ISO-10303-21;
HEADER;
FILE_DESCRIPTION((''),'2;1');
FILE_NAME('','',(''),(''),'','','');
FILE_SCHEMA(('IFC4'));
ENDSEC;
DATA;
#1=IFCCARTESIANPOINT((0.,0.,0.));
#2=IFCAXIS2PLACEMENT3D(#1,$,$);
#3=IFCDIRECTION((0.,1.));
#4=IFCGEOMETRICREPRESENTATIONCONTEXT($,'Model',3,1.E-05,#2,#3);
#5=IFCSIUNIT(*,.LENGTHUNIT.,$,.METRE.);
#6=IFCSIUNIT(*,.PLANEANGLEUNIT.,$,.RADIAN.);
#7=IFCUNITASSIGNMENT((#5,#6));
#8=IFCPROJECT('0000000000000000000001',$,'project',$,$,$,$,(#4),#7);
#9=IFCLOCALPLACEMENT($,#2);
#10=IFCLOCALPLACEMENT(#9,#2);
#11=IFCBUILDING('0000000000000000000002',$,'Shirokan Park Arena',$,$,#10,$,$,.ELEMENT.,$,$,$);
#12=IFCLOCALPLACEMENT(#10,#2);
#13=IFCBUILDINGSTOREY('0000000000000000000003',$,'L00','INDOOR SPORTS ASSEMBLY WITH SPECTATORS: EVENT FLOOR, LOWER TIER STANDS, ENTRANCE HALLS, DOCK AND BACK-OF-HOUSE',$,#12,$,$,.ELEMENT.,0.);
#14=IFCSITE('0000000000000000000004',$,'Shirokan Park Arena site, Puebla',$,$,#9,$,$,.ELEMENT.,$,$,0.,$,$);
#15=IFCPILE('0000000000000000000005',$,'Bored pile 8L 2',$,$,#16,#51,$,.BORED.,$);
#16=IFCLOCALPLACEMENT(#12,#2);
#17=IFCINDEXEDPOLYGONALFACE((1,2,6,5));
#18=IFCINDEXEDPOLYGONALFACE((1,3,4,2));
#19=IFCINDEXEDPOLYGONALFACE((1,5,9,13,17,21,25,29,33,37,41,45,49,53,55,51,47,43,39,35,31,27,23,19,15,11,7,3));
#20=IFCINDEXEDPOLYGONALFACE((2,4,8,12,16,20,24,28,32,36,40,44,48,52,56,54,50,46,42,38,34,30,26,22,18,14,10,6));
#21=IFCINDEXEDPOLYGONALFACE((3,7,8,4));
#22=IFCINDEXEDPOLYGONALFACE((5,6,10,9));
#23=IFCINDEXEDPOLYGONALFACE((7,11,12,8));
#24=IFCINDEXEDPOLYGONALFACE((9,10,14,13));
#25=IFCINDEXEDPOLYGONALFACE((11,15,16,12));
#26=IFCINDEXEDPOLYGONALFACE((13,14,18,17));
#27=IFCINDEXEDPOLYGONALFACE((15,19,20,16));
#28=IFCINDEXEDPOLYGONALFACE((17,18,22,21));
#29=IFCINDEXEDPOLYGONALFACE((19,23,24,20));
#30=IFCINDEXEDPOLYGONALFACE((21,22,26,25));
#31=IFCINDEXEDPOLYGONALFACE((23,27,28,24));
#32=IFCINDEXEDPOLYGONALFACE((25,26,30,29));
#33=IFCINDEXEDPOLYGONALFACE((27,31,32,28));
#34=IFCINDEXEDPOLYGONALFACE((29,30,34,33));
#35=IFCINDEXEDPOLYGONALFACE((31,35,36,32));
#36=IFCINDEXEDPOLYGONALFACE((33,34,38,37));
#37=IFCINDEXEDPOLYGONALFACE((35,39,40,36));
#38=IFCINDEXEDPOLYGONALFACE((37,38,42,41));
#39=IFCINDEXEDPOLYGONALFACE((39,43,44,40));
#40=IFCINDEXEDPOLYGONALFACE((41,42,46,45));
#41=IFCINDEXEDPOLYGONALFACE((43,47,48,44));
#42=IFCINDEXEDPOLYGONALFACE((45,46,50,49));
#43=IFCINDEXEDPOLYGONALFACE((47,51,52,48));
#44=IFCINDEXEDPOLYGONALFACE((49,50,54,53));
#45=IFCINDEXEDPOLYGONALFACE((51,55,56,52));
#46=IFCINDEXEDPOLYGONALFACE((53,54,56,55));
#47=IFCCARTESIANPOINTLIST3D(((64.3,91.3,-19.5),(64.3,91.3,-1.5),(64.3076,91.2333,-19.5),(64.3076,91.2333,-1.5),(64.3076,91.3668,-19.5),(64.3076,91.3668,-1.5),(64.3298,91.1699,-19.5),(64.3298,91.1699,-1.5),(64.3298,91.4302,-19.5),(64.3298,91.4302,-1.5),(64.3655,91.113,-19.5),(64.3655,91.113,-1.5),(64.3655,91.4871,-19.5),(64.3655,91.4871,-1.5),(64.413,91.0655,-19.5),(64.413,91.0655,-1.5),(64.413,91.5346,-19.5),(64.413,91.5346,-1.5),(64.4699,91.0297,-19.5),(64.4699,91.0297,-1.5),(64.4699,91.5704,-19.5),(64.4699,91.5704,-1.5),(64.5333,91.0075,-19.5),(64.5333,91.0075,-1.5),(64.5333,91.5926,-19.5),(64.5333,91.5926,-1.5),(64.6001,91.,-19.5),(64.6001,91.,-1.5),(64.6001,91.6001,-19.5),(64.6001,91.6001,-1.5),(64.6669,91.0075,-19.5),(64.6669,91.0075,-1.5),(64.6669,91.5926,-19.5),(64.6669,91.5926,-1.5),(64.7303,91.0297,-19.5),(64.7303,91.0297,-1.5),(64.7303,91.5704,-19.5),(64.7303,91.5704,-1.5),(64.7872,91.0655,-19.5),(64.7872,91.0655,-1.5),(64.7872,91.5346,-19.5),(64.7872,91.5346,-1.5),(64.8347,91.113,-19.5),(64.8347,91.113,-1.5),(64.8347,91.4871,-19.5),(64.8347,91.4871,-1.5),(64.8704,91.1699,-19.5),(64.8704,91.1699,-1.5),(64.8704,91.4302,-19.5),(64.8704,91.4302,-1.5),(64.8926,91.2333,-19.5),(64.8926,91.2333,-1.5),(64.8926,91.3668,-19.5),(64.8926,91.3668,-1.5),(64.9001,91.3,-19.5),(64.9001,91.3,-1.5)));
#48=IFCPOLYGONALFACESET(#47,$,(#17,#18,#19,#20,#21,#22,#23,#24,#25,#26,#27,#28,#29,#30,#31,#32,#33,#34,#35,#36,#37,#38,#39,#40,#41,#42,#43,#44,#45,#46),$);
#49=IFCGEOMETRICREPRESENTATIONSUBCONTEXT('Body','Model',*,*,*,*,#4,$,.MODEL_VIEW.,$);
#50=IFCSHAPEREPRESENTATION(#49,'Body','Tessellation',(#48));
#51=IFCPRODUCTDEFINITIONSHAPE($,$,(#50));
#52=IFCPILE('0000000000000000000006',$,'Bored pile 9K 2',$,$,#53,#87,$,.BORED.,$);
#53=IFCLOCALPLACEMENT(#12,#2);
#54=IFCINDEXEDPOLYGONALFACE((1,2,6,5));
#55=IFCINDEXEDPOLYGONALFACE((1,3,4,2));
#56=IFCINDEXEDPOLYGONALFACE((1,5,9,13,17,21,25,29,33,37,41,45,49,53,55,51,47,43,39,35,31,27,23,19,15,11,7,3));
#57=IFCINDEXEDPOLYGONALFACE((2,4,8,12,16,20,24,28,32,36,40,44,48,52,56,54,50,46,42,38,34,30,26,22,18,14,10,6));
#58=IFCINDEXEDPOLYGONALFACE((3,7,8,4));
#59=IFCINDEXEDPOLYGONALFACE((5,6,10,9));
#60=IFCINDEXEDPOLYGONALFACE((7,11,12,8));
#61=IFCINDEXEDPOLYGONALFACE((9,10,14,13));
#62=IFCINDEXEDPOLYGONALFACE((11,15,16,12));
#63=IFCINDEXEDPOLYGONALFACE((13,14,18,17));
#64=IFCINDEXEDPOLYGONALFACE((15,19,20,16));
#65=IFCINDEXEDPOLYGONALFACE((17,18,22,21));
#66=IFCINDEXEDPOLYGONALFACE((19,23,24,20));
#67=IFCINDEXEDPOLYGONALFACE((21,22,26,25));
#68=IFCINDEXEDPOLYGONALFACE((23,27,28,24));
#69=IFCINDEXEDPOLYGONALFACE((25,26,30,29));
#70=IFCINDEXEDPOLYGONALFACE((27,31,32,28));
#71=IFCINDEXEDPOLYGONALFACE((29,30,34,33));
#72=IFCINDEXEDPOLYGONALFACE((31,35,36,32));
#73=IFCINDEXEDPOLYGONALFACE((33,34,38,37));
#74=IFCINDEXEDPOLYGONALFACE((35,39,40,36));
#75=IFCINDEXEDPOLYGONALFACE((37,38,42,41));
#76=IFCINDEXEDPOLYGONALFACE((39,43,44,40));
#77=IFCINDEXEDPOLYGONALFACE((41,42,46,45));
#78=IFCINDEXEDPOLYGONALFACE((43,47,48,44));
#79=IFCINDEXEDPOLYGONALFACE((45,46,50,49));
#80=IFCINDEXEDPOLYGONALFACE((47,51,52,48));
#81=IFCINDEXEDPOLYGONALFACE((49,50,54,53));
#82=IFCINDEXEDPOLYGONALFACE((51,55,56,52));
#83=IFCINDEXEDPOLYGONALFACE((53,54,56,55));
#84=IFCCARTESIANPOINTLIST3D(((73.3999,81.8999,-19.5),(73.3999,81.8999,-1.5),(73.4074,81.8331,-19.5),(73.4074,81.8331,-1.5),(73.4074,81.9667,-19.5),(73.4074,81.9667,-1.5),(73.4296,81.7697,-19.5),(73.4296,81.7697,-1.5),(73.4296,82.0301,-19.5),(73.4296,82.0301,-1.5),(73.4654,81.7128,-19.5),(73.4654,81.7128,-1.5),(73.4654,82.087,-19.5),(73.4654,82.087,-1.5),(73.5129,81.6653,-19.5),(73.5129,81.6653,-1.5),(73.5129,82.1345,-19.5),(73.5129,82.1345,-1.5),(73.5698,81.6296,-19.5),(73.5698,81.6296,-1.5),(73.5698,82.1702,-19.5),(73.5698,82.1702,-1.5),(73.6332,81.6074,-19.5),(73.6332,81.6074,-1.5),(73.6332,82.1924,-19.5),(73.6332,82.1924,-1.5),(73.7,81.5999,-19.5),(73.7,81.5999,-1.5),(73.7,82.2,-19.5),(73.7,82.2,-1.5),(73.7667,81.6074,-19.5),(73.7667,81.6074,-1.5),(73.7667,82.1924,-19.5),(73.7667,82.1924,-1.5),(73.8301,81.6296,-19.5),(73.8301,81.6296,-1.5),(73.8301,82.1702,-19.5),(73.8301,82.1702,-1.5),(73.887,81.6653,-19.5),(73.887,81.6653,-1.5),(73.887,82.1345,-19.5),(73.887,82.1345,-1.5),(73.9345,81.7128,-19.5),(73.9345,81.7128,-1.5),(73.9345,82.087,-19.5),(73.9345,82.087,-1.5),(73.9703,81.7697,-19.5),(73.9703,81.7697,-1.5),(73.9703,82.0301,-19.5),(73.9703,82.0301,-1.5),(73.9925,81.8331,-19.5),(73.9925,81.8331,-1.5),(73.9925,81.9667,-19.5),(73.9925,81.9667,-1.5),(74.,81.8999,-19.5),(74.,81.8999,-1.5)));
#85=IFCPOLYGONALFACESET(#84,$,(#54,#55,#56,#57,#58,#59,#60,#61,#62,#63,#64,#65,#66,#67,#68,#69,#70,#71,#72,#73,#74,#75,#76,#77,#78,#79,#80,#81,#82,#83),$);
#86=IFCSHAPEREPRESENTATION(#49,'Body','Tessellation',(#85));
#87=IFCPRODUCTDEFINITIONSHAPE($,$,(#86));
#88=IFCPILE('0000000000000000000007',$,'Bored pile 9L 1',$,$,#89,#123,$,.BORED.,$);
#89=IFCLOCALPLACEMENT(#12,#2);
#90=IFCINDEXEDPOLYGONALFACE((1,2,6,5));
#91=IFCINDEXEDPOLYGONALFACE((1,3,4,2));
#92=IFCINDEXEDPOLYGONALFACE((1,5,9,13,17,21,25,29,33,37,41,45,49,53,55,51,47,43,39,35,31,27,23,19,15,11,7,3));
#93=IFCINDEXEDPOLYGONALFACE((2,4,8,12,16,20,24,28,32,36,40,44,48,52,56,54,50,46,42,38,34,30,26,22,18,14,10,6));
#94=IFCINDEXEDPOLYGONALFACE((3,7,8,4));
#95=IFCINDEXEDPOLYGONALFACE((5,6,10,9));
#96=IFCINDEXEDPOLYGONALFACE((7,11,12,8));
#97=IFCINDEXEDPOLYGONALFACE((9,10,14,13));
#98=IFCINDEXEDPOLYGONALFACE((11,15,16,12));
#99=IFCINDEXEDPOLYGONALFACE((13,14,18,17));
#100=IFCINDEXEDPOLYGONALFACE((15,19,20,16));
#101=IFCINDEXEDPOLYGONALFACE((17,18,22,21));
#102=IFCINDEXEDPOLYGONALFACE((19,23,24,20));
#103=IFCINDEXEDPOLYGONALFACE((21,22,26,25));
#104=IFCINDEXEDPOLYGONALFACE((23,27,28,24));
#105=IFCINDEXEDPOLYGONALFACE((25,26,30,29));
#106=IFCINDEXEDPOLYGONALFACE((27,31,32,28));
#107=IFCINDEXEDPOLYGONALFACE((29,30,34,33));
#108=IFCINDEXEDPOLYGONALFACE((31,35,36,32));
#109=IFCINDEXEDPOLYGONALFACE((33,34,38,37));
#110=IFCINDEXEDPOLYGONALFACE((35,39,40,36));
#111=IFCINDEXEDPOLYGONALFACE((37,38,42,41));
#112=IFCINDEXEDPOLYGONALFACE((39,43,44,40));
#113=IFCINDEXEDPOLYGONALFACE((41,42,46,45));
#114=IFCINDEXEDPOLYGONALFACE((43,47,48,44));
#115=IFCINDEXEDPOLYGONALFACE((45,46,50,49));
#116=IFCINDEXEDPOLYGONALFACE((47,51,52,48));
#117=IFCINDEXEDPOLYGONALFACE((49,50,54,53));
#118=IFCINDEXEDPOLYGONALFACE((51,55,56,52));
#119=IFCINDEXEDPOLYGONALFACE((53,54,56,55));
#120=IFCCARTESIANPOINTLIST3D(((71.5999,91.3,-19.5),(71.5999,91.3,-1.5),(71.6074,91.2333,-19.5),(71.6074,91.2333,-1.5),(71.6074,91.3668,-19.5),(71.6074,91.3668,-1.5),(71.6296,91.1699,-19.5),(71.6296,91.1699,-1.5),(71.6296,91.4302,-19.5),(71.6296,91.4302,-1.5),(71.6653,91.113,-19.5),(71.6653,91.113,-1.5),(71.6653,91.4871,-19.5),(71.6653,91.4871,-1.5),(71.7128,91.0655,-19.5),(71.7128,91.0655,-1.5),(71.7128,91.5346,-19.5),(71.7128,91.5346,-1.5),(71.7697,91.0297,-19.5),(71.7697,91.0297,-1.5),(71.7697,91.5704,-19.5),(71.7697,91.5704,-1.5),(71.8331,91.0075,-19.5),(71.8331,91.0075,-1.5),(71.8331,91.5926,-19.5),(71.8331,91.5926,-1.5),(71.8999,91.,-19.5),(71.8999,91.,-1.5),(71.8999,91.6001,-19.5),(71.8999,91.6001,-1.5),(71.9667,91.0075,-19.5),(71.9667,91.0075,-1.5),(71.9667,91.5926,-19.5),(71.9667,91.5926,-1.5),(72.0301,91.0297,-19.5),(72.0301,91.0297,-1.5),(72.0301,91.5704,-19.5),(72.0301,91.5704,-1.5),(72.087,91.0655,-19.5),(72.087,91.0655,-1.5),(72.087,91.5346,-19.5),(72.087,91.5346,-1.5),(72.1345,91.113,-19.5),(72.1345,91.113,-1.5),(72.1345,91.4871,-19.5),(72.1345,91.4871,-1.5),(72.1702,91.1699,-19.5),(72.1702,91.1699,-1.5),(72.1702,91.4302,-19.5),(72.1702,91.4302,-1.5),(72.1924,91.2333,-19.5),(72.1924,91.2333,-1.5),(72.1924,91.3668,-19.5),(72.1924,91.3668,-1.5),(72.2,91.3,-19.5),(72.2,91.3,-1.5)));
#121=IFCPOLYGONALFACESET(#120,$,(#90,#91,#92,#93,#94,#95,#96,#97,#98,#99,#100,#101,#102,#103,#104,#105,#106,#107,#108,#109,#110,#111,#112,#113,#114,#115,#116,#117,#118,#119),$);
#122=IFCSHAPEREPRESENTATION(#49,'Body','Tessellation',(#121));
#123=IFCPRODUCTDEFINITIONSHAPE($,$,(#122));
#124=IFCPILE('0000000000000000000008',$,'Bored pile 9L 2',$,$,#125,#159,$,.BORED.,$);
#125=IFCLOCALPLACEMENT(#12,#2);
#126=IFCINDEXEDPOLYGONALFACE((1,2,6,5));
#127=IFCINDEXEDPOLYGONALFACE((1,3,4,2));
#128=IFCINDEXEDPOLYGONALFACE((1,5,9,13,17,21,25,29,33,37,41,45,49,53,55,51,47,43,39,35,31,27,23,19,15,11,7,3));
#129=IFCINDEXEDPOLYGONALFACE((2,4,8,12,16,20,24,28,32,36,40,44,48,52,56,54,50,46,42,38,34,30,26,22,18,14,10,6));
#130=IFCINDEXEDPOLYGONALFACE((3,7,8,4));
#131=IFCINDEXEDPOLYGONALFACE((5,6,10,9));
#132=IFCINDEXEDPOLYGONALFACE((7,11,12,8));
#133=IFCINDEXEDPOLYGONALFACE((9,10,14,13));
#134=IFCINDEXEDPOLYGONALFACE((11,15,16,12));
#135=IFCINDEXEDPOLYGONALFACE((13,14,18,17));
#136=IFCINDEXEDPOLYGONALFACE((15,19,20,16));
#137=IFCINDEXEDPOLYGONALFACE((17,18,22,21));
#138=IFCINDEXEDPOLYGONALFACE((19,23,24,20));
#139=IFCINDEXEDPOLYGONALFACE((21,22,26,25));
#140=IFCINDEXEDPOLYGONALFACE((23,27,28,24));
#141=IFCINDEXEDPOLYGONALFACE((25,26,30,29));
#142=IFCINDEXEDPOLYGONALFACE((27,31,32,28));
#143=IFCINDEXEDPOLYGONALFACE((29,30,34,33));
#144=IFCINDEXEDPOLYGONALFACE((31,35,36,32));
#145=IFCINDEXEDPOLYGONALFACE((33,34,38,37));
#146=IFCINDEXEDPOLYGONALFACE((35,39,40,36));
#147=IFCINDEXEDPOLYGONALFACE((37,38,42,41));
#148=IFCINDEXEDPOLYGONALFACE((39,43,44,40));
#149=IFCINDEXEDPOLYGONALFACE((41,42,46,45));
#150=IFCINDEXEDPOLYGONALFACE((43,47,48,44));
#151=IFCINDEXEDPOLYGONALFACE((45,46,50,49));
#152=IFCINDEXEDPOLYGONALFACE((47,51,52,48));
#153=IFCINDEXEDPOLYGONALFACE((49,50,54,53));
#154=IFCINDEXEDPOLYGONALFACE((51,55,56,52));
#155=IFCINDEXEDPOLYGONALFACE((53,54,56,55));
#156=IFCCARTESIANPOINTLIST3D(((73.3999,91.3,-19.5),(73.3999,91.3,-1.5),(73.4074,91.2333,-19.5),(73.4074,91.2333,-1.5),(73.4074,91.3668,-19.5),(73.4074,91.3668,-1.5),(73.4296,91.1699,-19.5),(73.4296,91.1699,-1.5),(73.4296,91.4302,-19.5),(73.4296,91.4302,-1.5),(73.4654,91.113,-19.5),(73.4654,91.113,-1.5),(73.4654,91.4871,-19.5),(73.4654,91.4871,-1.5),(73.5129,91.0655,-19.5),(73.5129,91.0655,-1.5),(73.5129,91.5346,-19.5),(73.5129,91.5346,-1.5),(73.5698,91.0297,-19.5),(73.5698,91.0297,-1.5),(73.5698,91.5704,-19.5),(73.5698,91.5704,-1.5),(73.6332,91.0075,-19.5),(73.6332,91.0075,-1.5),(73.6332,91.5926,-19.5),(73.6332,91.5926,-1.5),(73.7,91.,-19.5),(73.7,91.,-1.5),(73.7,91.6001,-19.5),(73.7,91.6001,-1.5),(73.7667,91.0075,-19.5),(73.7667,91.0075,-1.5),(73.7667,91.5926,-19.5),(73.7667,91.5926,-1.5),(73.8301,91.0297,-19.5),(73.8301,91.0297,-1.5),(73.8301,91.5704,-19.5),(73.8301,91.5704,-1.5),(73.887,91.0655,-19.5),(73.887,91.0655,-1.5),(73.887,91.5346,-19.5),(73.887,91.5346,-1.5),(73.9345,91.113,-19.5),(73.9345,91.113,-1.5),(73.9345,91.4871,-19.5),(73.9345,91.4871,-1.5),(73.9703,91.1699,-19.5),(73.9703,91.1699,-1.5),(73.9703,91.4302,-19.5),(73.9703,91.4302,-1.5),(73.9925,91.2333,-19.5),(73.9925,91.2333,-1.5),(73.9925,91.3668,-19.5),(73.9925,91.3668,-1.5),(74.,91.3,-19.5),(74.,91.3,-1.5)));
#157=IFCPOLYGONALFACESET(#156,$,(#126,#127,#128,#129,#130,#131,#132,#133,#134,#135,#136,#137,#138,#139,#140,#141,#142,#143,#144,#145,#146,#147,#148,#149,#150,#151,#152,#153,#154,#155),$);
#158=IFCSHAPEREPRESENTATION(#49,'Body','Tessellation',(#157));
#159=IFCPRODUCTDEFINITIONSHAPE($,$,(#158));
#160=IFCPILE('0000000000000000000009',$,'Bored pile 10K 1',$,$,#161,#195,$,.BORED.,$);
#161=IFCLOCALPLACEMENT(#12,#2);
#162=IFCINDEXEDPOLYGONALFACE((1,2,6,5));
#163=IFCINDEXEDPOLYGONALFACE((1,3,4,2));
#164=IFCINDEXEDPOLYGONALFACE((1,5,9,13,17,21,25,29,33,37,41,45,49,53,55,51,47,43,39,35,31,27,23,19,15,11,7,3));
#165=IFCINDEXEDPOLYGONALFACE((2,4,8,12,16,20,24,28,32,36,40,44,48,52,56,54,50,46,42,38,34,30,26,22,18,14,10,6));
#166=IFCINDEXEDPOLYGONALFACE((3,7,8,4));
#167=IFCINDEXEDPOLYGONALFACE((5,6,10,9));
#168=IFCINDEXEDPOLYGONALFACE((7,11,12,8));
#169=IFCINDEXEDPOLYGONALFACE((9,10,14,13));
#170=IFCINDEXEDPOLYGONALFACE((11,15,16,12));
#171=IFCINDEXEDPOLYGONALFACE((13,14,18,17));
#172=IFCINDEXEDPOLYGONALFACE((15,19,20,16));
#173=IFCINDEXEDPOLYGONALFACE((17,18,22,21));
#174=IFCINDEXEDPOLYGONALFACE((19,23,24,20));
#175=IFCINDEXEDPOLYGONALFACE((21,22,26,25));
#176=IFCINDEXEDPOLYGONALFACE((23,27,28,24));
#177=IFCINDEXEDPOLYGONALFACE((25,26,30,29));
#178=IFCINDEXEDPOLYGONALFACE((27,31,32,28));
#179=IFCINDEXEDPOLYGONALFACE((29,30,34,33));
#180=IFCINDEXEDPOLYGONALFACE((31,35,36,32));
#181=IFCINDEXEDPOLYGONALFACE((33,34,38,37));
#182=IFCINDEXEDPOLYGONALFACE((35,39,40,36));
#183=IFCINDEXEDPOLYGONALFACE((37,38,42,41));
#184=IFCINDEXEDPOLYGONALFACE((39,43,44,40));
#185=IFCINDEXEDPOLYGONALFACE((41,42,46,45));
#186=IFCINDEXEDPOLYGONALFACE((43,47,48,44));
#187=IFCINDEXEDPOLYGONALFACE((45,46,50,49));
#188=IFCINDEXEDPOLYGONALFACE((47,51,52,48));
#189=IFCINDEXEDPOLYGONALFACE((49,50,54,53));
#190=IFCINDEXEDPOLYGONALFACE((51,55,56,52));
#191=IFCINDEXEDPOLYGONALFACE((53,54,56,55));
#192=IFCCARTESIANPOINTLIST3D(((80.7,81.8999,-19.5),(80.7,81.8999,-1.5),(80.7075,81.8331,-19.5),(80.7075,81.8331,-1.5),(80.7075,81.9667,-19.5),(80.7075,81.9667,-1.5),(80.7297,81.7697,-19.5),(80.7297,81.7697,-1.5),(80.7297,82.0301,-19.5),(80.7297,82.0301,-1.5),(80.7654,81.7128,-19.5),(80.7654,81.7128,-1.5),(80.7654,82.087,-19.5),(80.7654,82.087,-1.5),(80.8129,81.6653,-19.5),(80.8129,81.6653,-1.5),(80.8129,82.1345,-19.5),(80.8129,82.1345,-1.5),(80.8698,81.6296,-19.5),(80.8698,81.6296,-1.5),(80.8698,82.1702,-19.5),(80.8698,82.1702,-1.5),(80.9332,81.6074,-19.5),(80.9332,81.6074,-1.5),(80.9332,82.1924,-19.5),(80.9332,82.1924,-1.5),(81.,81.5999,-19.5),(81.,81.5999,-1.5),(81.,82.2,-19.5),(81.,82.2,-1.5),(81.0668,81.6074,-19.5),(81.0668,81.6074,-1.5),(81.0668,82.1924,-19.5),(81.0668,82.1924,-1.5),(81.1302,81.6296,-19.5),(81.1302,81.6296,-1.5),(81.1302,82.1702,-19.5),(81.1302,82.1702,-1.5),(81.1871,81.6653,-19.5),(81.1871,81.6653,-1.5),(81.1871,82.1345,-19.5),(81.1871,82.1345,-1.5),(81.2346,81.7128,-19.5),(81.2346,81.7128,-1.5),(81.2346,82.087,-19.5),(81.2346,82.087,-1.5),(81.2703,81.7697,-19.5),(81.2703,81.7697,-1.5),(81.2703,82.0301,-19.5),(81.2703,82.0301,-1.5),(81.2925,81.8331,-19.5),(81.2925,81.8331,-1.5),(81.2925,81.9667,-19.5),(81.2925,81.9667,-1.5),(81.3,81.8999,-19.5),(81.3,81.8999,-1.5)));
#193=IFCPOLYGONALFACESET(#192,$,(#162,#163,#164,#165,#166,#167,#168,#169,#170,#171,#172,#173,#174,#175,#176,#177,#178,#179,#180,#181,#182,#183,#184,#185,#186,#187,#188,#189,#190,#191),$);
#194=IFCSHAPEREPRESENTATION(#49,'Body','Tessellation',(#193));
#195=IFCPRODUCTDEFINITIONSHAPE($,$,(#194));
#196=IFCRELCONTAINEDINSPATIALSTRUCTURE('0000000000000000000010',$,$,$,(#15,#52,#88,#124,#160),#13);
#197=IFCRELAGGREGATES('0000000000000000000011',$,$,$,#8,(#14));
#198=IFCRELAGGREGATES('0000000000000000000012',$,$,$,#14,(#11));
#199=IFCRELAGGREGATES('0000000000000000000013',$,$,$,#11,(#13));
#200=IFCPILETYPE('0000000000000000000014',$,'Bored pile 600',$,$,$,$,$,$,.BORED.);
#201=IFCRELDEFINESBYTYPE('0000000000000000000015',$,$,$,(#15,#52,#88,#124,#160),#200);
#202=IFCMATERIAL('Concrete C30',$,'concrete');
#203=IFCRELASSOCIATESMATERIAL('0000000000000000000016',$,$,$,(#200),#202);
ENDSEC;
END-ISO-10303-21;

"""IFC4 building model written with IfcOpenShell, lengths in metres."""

from ifc_helpers import new_model, si_unit, direction, frame, origin, origin_2d, place, context, subcontext, project, spatial, circle, extrude, material, material_profile, profile_set, type_object, element, save


model = new_model("IFC4")

# Units and contexts
model_context = context("Model", 3, precision=1e-05, world=origin(), true_north=direction((0.0, 1.0)))
body_context = subcontext(model_context, "Body", "Model", "MODEL_VIEW")
ifc_project = project(units=[si_unit("LENGTHUNIT", "METRE"), si_unit("PLANEANGLEUNIT", "RADIAN")], contexts=[model_context])

# Site, building, storey
site_placement = place(None, origin())
site = spatial("IfcSite", under=ifc_project, at=site_placement, Name="Shirokan Park Arena site, Puebla", CompositionType="ELEMENT", RefElevation=0.0)
building_placement = place(site_placement, origin())
building = spatial("IfcBuilding", under=site, at=building_placement, Name="Shirokan Park Arena", CompositionType="ELEMENT")
storey_placement = place(building_placement, origin())
storey = spatial("IfcBuildingStorey", under=building, at=storey_placement, Name="L00", Description="INDOOR SPORTS ASSEMBLY WITH SPECTATORS: EVENT FLOOR, LOWER TIER STANDS, ENTRANCE HALLS, DOCK AND BACK-OF-HOUSE", CompositionType="ELEMENT", Elevation=0.0)

# Piles
ifc_material_1 = material(Name="Concrete C30", Category="concrete")
ifc_material_profile_1 = material_profile(ifc_material_1, circle(Radius=0.3, at=origin_2d()), Name="D600")
ifc_profile_set_1 = profile_set([ifc_material_profile_1], Name="Concrete C30")
pile_type_1 = type_object("IfcPileType", Name="Bored pile 600", PredefinedType="BORED", material=ifc_profile_set_1)
for number, where, z_axis, x_axis, name in (
    (1, (64.6001, 91.3, -1.5), (0.0, 0.0, -1.0), (1.0, 0.0, 0.0), "Bored pile 8L 2"),
    (2, (73.7, 81.8999, -1.5), (0.0, 0.0, -1.0), (1.0, 0.0, 0.0), "Bored pile 9K 2"),
    (3, (71.8999, 91.3, -1.5), (0.0, 0.0, -1.0), (1.0, 0.0, 0.0), "Bored pile 9L 1"),
    (4, (73.7, 91.3, -1.5), (0.0, 0.0, -1.0), (1.0, 0.0, 0.0), "Bored pile 9L 2"),
    (5, (81.0, 81.8999, -1.5), (0.0, 0.0, -1.0), (1.0, 0.0, 0.0), "Bored pile 10K 1"),
):
    element("IfcPile", number, at=place(storey_placement, frame(where, z_axis=z_axis, x_axis=x_axis)), inside=storey, type_object=pile_type_1, Name=name, PredefinedType="BORED", context=body_context, shape_type="SweptSolid", body=[
        extrude(circle(Radius=0.3, at=origin_2d()), origin(), (0.0, 0.0, 1.0), 18.0),
    ])

save(model, "model.ifc")
